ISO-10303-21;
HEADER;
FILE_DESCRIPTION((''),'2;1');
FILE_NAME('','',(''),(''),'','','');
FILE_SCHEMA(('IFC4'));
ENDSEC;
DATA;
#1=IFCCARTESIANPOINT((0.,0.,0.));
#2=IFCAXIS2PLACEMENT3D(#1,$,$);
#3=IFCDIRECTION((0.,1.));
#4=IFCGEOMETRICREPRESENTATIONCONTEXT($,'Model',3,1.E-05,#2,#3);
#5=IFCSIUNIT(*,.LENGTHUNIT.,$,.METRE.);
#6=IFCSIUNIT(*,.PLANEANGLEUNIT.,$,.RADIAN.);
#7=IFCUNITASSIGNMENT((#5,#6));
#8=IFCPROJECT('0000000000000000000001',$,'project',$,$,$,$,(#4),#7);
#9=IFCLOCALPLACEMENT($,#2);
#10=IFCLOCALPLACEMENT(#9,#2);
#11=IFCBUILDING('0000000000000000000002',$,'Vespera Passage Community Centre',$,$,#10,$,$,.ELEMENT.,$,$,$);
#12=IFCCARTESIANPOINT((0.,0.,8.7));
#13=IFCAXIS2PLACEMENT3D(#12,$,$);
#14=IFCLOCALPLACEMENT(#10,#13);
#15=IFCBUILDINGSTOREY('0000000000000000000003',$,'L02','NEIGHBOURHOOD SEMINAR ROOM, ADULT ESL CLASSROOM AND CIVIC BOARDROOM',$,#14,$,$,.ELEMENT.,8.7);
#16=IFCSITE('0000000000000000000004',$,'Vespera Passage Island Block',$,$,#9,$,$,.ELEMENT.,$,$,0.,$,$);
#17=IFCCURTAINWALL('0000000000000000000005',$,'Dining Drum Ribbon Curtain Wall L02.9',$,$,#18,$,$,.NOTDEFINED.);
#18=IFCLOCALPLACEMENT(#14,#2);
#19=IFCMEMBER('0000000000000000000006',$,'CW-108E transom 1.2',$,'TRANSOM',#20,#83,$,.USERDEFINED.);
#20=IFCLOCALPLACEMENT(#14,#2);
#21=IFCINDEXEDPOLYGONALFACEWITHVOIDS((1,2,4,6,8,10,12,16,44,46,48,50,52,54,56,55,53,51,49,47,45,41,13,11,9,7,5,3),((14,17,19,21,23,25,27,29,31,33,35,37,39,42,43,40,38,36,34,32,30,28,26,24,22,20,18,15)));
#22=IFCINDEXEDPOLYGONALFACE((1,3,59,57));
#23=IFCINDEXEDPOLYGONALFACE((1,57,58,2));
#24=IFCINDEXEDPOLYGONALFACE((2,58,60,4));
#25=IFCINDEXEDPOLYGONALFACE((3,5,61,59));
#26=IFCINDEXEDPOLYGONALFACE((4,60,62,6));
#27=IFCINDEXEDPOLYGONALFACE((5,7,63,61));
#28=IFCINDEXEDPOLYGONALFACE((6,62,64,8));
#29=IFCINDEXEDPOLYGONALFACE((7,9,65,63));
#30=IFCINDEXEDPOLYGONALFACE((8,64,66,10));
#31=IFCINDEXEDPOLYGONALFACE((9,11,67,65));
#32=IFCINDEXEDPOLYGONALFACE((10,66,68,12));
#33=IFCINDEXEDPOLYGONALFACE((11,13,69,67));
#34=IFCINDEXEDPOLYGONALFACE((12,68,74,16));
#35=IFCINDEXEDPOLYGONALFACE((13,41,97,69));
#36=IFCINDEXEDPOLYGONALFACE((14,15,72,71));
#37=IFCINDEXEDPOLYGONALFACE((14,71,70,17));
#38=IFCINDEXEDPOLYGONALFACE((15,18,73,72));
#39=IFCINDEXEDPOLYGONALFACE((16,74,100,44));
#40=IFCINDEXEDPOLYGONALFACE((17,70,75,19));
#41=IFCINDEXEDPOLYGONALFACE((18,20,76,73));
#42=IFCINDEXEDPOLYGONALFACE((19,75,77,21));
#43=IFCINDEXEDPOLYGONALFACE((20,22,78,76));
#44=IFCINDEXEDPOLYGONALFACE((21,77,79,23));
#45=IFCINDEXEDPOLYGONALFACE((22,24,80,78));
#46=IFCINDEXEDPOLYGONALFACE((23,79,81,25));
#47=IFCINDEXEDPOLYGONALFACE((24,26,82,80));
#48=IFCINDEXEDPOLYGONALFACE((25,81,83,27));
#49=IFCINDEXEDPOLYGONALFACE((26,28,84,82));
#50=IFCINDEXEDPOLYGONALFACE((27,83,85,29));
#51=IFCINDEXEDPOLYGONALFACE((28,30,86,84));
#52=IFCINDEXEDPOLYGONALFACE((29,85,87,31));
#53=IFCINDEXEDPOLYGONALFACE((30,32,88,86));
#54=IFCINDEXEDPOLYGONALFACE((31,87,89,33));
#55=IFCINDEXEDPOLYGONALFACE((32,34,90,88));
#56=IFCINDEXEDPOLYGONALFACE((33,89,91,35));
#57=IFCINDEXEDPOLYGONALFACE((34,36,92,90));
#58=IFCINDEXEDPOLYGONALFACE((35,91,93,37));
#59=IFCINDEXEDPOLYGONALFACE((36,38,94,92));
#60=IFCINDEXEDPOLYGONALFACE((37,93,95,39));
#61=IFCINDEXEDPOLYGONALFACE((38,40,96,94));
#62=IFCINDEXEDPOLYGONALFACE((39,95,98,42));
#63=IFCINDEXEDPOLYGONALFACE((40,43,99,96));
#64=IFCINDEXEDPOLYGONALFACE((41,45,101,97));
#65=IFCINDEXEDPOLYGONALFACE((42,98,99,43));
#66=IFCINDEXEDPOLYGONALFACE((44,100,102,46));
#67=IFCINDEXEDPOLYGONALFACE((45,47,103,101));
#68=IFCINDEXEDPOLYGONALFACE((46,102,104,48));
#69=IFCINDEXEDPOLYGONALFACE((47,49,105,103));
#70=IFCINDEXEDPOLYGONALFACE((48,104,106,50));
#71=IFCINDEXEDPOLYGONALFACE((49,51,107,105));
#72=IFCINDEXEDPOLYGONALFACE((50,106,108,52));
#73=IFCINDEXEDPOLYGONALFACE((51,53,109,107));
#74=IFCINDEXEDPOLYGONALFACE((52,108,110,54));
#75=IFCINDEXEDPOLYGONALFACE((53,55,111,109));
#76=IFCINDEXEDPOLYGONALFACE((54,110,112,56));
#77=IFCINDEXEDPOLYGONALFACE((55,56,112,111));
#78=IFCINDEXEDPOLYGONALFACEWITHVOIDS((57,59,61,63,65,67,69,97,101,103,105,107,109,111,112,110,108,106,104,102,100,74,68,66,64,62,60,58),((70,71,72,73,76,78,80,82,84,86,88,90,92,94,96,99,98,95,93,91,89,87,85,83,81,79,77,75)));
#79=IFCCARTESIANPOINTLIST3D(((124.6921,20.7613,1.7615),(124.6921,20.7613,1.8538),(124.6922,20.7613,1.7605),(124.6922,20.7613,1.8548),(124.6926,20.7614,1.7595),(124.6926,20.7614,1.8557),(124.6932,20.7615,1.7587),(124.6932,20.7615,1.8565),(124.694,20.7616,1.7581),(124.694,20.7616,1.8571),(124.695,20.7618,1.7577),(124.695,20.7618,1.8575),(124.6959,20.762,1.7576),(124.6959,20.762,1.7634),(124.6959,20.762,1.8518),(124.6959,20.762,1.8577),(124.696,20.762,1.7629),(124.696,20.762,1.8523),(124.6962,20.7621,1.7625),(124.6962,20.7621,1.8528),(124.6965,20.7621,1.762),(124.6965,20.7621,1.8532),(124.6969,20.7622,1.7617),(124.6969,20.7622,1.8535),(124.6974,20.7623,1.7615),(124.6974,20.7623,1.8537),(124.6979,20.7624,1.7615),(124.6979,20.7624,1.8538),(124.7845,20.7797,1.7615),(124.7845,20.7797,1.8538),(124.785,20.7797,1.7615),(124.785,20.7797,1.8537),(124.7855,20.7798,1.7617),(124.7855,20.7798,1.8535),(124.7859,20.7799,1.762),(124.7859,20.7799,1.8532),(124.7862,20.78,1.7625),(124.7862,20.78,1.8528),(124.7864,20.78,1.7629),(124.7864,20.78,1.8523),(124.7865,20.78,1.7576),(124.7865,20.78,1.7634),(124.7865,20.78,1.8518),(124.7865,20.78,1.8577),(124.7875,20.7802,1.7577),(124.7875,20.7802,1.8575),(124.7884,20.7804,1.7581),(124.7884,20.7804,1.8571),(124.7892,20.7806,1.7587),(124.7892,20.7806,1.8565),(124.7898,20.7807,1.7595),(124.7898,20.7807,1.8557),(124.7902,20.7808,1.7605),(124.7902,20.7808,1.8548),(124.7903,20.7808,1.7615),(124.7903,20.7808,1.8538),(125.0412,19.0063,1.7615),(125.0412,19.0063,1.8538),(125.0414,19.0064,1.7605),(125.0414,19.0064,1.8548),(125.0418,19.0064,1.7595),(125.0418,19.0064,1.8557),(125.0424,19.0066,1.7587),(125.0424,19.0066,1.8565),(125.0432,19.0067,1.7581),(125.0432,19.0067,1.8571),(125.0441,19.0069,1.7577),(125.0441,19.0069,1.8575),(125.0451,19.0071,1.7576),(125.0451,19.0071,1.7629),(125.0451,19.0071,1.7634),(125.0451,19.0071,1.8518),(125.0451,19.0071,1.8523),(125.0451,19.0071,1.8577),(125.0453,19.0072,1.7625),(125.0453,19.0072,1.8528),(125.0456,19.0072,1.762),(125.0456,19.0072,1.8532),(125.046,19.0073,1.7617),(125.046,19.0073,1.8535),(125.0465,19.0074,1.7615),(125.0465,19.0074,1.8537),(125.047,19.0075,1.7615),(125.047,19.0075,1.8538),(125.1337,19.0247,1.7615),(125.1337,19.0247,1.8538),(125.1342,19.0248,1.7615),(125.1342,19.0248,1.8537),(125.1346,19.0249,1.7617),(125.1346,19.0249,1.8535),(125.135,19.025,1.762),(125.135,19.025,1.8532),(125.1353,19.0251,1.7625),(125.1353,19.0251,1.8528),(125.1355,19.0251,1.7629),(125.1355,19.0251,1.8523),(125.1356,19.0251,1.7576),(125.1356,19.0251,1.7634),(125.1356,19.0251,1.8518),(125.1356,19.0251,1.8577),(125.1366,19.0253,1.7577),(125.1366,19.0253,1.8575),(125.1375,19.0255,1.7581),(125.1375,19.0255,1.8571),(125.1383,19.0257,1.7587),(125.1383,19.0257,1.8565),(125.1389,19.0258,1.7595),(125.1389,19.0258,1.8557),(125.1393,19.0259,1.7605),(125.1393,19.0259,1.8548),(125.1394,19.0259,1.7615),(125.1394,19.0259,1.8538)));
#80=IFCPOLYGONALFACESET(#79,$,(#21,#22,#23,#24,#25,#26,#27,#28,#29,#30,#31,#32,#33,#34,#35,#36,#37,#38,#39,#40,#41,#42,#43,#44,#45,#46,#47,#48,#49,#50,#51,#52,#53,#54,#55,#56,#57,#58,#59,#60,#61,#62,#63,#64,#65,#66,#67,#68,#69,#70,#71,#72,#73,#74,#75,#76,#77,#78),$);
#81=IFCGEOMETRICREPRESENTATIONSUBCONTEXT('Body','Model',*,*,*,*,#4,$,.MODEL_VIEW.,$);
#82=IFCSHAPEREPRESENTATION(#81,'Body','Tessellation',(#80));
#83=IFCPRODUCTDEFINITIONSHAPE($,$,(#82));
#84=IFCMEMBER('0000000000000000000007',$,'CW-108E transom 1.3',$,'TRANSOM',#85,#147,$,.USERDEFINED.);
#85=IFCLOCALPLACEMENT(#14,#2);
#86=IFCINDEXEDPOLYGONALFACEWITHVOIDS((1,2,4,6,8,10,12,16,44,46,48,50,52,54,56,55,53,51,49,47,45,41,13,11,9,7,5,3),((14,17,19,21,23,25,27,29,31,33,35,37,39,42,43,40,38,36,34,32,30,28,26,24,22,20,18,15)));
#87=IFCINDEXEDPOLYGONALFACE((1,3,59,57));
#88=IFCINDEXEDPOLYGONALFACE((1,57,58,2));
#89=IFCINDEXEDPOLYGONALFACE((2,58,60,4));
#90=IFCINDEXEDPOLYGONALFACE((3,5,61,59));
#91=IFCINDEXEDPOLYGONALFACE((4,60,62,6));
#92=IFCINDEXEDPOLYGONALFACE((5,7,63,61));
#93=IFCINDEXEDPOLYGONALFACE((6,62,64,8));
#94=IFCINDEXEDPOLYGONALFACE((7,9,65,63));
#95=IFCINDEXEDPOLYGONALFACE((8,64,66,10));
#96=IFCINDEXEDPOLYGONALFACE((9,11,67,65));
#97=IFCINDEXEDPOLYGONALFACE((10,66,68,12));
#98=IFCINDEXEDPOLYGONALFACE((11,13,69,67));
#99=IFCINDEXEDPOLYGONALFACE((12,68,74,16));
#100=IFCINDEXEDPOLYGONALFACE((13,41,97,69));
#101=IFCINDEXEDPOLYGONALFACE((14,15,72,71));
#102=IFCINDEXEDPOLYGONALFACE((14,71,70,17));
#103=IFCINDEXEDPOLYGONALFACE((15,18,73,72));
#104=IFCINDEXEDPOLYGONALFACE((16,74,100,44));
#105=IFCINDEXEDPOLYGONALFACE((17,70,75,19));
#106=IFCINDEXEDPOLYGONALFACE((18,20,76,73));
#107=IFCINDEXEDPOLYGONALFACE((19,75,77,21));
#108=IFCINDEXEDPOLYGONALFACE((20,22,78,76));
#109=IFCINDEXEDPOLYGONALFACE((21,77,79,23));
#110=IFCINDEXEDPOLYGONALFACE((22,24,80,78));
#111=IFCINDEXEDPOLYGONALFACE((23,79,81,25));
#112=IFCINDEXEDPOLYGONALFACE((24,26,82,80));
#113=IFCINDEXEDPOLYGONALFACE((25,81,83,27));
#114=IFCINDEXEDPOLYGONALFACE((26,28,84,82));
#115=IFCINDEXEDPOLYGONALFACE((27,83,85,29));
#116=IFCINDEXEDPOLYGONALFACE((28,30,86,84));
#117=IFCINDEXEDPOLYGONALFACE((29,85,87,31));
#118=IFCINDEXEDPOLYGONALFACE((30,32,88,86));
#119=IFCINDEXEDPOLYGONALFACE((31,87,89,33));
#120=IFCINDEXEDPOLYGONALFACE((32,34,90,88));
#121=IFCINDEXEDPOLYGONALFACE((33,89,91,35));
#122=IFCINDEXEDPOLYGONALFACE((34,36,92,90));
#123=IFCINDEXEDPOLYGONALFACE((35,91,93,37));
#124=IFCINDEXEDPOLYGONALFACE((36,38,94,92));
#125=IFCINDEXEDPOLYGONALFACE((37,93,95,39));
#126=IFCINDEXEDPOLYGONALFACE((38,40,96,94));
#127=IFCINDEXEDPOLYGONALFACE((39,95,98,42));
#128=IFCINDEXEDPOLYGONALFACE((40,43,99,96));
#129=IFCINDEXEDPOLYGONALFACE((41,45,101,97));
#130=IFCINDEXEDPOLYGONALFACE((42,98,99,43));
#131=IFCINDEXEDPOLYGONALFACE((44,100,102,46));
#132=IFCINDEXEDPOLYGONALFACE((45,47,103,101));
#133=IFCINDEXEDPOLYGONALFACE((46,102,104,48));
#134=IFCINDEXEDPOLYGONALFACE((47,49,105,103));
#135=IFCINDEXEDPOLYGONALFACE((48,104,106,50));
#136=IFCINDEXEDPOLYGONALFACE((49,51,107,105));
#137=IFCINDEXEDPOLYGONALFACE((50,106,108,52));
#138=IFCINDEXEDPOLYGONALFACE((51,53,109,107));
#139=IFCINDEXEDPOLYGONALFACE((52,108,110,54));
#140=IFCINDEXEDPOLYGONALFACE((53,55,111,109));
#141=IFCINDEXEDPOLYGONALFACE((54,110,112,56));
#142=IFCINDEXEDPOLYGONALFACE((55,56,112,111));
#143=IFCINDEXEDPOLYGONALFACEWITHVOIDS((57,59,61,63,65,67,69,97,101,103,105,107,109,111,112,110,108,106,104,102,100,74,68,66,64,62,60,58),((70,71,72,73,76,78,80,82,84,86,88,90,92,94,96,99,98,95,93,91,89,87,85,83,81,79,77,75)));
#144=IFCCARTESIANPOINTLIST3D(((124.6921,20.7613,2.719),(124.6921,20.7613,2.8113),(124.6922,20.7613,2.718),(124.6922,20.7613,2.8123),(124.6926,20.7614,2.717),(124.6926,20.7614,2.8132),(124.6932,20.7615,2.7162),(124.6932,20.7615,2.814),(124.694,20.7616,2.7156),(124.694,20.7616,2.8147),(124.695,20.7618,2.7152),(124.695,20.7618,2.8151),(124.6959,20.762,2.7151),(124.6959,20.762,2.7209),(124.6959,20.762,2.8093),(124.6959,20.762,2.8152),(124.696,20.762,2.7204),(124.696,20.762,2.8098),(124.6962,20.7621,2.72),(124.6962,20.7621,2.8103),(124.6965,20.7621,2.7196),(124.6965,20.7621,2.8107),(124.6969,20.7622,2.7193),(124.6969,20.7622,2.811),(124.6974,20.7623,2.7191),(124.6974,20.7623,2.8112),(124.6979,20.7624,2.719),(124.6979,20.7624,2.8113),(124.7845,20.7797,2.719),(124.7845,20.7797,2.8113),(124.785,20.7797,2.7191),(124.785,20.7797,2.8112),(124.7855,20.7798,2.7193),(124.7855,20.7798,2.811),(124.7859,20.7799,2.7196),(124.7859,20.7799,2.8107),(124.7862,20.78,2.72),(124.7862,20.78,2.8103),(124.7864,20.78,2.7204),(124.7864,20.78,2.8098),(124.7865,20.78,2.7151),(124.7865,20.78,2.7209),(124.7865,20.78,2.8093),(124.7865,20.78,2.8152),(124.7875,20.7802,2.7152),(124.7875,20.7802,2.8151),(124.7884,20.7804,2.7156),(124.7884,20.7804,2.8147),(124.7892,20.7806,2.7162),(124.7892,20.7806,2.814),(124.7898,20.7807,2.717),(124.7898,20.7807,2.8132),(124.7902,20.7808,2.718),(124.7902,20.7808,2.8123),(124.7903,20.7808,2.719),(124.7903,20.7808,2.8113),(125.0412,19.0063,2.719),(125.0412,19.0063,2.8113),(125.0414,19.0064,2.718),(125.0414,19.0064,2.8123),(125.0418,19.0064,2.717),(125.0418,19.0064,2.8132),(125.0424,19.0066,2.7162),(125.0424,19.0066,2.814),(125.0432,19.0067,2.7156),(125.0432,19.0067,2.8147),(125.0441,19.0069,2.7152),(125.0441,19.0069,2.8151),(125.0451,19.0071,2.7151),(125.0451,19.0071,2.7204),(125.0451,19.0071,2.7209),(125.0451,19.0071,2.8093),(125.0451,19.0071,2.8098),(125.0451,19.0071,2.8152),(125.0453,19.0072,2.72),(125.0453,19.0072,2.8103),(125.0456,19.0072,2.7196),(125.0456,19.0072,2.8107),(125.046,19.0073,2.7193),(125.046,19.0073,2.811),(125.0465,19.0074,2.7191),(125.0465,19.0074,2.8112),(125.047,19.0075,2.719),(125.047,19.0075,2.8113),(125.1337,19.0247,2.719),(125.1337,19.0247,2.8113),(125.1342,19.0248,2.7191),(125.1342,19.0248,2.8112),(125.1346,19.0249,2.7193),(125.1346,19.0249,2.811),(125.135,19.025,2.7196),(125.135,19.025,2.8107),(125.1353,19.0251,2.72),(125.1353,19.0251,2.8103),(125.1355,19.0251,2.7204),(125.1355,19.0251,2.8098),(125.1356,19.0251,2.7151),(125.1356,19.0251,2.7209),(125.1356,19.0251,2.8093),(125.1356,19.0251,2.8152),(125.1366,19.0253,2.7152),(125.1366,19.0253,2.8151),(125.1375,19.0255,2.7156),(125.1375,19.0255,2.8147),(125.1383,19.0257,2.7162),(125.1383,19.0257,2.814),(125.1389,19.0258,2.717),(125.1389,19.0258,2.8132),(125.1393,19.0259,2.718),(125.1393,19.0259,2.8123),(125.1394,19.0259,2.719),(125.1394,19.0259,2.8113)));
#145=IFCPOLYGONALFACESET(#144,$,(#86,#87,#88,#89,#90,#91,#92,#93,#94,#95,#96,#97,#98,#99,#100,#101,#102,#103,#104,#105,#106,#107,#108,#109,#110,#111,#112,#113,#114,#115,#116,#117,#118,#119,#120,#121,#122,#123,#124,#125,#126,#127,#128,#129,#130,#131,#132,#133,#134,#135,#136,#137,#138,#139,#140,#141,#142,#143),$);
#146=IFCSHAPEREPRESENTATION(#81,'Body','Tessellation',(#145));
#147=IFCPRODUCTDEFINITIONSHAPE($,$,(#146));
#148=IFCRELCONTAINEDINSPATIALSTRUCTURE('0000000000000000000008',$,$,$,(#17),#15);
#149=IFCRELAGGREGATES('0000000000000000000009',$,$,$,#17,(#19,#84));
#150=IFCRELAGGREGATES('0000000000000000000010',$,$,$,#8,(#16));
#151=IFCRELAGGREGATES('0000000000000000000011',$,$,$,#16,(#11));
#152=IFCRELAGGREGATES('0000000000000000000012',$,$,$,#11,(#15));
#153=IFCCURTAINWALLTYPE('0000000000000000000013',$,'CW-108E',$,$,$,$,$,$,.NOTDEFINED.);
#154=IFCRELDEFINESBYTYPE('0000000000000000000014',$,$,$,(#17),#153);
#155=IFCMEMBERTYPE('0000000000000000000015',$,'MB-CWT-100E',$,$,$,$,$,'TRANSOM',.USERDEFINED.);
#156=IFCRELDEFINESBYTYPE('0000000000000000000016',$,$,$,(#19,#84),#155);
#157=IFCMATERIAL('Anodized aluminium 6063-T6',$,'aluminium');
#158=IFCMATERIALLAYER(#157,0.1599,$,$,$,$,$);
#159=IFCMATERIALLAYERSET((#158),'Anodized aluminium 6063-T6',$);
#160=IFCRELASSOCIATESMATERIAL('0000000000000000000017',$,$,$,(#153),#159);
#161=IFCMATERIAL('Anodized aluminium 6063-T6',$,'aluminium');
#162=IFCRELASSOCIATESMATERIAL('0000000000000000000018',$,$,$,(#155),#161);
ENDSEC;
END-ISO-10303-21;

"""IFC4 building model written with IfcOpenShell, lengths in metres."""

from ifc_helpers import new_model, si_unit, direction, frame, origin, origin_2d, place, context, subcontext, project, spatial, hollow_rectangle, extrude, material, layer, layer_set, material_profile, profile_set, type_object, element, aggregate, save


model = new_model("IFC4")

# Units and contexts
model_context = context("Model", 3, precision=1e-05, world=origin(), true_north=direction((0.0, 1.0)))
body_context = subcontext(model_context, "Body", "Model", "MODEL_VIEW")
ifc_project = project(units=[si_unit("LENGTHUNIT", "METRE"), si_unit("PLANEANGLEUNIT", "RADIAN")], contexts=[model_context])

# Site, building, storey
site_placement = place(None, origin())
site = spatial("IfcSite", under=ifc_project, at=site_placement, Name="Vespera Passage Island Block", CompositionType="ELEMENT", RefElevation=0.0)
building_placement = place(site_placement, origin())
building = spatial("IfcBuilding", under=site, at=building_placement, Name="Vespera Passage Community Centre", CompositionType="ELEMENT")
storey_placement = place(building_placement, frame((0.0, 0.0, 8.7)))
storey = spatial("IfcBuildingStorey", under=building, at=storey_placement, Name="L02", Description="NEIGHBOURHOOD SEMINAR ROOM, ADULT ESL CLASSROOM AND CIVIC BOARDROOM", CompositionType="ELEMENT", Elevation=8.7)

# Shared definitions
ifc_material_1 = material(Name="Anodized aluminium 6063-T6", Category="aluminium")
ifc_layer_1 = layer(ifc_material_1, 0.1599)
ifc_layer_set_1 = layer_set([ifc_layer_1], Name="Anodized aluminium 6063-T6")
curtain_wall_type_1 = type_object("IfcCurtainWallType", Name="CW-108E", PredefinedType="NOTDEFINED", material=ifc_layer_set_1)

# Curtain wall
curtain_wall_1_placement = place(storey_placement, origin())
curtain_wall_1 = element("IfcCurtainWall", 1, at=curtain_wall_1_placement, inside=storey, type_object=curtain_wall_type_1, Name="Dining Drum Ribbon Curtain Wall L02.9", PredefinedType="NOTDEFINED")

# Members
ifc_material_2 = material(Name="Anodized aluminium 6063-T6", Category="aluminium")
ifc_material_profile_1 = material_profile(ifc_material_2, hollow_rectangle(XDim=0.1001, YDim=0.1001, WallThickness=0.0039, InnerFilletRadius=0.002, OuterFilletRadius=0.0039, at=origin_2d()), Name="ALU100X100X4")
ifc_profile_set_1 = profile_set([ifc_material_profile_1], Name="Anodized aluminium 6063-T6")
member_type_1 = type_object("IfcMemberType", Name="MB-CWT-100E", ElementType="TRANSOM", PredefinedType="USERDEFINED", material=ifc_profile_set_1)
member_1_placement = place(storey_placement, frame((125.0903, 19.0161, 1.8076), z_axis=(-0.195119, 0.98078, 0.0), x_axis=(-0.98078, -0.195119, 0.0)))
member_1 = element("IfcMember", 2, at=member_1_placement, type_object=member_type_1, Name="CW-108E transom 1.2", ObjectType="TRANSOM", PredefinedType="USERDEFINED", context=body_context, shape_type="SweptSolid", body=[
    extrude(hollow_rectangle(XDim=0.1001, YDim=0.1001, WallThickness=0.0039, InnerFilletRadius=0.002, OuterFilletRadius=0.0039, at=origin_2d()), origin(), (0.0, 0.0, 1.0), 1.7893),
])
member_2_placement = place(storey_placement, frame((125.0903, 19.0161, 2.7651), z_axis=(-0.195119, 0.98078, 0.0), x_axis=(-0.98078, -0.195119, 0.0)))
member_2 = element("IfcMember", 3, at=member_2_placement, type_object=member_type_1, Name="CW-108E transom 1.3", ObjectType="TRANSOM", PredefinedType="USERDEFINED", context=body_context, shape_type="SweptSolid", body=[
    extrude(hollow_rectangle(XDim=0.1001, YDim=0.1001, WallThickness=0.0039, InnerFilletRadius=0.002, OuterFilletRadius=0.0039, at=origin_2d()), origin(), (0.0, 0.0, 1.0), 1.7893),
])

aggregate(curtain_wall_1, [member_1, member_2])

save(model, "model.ifc")
